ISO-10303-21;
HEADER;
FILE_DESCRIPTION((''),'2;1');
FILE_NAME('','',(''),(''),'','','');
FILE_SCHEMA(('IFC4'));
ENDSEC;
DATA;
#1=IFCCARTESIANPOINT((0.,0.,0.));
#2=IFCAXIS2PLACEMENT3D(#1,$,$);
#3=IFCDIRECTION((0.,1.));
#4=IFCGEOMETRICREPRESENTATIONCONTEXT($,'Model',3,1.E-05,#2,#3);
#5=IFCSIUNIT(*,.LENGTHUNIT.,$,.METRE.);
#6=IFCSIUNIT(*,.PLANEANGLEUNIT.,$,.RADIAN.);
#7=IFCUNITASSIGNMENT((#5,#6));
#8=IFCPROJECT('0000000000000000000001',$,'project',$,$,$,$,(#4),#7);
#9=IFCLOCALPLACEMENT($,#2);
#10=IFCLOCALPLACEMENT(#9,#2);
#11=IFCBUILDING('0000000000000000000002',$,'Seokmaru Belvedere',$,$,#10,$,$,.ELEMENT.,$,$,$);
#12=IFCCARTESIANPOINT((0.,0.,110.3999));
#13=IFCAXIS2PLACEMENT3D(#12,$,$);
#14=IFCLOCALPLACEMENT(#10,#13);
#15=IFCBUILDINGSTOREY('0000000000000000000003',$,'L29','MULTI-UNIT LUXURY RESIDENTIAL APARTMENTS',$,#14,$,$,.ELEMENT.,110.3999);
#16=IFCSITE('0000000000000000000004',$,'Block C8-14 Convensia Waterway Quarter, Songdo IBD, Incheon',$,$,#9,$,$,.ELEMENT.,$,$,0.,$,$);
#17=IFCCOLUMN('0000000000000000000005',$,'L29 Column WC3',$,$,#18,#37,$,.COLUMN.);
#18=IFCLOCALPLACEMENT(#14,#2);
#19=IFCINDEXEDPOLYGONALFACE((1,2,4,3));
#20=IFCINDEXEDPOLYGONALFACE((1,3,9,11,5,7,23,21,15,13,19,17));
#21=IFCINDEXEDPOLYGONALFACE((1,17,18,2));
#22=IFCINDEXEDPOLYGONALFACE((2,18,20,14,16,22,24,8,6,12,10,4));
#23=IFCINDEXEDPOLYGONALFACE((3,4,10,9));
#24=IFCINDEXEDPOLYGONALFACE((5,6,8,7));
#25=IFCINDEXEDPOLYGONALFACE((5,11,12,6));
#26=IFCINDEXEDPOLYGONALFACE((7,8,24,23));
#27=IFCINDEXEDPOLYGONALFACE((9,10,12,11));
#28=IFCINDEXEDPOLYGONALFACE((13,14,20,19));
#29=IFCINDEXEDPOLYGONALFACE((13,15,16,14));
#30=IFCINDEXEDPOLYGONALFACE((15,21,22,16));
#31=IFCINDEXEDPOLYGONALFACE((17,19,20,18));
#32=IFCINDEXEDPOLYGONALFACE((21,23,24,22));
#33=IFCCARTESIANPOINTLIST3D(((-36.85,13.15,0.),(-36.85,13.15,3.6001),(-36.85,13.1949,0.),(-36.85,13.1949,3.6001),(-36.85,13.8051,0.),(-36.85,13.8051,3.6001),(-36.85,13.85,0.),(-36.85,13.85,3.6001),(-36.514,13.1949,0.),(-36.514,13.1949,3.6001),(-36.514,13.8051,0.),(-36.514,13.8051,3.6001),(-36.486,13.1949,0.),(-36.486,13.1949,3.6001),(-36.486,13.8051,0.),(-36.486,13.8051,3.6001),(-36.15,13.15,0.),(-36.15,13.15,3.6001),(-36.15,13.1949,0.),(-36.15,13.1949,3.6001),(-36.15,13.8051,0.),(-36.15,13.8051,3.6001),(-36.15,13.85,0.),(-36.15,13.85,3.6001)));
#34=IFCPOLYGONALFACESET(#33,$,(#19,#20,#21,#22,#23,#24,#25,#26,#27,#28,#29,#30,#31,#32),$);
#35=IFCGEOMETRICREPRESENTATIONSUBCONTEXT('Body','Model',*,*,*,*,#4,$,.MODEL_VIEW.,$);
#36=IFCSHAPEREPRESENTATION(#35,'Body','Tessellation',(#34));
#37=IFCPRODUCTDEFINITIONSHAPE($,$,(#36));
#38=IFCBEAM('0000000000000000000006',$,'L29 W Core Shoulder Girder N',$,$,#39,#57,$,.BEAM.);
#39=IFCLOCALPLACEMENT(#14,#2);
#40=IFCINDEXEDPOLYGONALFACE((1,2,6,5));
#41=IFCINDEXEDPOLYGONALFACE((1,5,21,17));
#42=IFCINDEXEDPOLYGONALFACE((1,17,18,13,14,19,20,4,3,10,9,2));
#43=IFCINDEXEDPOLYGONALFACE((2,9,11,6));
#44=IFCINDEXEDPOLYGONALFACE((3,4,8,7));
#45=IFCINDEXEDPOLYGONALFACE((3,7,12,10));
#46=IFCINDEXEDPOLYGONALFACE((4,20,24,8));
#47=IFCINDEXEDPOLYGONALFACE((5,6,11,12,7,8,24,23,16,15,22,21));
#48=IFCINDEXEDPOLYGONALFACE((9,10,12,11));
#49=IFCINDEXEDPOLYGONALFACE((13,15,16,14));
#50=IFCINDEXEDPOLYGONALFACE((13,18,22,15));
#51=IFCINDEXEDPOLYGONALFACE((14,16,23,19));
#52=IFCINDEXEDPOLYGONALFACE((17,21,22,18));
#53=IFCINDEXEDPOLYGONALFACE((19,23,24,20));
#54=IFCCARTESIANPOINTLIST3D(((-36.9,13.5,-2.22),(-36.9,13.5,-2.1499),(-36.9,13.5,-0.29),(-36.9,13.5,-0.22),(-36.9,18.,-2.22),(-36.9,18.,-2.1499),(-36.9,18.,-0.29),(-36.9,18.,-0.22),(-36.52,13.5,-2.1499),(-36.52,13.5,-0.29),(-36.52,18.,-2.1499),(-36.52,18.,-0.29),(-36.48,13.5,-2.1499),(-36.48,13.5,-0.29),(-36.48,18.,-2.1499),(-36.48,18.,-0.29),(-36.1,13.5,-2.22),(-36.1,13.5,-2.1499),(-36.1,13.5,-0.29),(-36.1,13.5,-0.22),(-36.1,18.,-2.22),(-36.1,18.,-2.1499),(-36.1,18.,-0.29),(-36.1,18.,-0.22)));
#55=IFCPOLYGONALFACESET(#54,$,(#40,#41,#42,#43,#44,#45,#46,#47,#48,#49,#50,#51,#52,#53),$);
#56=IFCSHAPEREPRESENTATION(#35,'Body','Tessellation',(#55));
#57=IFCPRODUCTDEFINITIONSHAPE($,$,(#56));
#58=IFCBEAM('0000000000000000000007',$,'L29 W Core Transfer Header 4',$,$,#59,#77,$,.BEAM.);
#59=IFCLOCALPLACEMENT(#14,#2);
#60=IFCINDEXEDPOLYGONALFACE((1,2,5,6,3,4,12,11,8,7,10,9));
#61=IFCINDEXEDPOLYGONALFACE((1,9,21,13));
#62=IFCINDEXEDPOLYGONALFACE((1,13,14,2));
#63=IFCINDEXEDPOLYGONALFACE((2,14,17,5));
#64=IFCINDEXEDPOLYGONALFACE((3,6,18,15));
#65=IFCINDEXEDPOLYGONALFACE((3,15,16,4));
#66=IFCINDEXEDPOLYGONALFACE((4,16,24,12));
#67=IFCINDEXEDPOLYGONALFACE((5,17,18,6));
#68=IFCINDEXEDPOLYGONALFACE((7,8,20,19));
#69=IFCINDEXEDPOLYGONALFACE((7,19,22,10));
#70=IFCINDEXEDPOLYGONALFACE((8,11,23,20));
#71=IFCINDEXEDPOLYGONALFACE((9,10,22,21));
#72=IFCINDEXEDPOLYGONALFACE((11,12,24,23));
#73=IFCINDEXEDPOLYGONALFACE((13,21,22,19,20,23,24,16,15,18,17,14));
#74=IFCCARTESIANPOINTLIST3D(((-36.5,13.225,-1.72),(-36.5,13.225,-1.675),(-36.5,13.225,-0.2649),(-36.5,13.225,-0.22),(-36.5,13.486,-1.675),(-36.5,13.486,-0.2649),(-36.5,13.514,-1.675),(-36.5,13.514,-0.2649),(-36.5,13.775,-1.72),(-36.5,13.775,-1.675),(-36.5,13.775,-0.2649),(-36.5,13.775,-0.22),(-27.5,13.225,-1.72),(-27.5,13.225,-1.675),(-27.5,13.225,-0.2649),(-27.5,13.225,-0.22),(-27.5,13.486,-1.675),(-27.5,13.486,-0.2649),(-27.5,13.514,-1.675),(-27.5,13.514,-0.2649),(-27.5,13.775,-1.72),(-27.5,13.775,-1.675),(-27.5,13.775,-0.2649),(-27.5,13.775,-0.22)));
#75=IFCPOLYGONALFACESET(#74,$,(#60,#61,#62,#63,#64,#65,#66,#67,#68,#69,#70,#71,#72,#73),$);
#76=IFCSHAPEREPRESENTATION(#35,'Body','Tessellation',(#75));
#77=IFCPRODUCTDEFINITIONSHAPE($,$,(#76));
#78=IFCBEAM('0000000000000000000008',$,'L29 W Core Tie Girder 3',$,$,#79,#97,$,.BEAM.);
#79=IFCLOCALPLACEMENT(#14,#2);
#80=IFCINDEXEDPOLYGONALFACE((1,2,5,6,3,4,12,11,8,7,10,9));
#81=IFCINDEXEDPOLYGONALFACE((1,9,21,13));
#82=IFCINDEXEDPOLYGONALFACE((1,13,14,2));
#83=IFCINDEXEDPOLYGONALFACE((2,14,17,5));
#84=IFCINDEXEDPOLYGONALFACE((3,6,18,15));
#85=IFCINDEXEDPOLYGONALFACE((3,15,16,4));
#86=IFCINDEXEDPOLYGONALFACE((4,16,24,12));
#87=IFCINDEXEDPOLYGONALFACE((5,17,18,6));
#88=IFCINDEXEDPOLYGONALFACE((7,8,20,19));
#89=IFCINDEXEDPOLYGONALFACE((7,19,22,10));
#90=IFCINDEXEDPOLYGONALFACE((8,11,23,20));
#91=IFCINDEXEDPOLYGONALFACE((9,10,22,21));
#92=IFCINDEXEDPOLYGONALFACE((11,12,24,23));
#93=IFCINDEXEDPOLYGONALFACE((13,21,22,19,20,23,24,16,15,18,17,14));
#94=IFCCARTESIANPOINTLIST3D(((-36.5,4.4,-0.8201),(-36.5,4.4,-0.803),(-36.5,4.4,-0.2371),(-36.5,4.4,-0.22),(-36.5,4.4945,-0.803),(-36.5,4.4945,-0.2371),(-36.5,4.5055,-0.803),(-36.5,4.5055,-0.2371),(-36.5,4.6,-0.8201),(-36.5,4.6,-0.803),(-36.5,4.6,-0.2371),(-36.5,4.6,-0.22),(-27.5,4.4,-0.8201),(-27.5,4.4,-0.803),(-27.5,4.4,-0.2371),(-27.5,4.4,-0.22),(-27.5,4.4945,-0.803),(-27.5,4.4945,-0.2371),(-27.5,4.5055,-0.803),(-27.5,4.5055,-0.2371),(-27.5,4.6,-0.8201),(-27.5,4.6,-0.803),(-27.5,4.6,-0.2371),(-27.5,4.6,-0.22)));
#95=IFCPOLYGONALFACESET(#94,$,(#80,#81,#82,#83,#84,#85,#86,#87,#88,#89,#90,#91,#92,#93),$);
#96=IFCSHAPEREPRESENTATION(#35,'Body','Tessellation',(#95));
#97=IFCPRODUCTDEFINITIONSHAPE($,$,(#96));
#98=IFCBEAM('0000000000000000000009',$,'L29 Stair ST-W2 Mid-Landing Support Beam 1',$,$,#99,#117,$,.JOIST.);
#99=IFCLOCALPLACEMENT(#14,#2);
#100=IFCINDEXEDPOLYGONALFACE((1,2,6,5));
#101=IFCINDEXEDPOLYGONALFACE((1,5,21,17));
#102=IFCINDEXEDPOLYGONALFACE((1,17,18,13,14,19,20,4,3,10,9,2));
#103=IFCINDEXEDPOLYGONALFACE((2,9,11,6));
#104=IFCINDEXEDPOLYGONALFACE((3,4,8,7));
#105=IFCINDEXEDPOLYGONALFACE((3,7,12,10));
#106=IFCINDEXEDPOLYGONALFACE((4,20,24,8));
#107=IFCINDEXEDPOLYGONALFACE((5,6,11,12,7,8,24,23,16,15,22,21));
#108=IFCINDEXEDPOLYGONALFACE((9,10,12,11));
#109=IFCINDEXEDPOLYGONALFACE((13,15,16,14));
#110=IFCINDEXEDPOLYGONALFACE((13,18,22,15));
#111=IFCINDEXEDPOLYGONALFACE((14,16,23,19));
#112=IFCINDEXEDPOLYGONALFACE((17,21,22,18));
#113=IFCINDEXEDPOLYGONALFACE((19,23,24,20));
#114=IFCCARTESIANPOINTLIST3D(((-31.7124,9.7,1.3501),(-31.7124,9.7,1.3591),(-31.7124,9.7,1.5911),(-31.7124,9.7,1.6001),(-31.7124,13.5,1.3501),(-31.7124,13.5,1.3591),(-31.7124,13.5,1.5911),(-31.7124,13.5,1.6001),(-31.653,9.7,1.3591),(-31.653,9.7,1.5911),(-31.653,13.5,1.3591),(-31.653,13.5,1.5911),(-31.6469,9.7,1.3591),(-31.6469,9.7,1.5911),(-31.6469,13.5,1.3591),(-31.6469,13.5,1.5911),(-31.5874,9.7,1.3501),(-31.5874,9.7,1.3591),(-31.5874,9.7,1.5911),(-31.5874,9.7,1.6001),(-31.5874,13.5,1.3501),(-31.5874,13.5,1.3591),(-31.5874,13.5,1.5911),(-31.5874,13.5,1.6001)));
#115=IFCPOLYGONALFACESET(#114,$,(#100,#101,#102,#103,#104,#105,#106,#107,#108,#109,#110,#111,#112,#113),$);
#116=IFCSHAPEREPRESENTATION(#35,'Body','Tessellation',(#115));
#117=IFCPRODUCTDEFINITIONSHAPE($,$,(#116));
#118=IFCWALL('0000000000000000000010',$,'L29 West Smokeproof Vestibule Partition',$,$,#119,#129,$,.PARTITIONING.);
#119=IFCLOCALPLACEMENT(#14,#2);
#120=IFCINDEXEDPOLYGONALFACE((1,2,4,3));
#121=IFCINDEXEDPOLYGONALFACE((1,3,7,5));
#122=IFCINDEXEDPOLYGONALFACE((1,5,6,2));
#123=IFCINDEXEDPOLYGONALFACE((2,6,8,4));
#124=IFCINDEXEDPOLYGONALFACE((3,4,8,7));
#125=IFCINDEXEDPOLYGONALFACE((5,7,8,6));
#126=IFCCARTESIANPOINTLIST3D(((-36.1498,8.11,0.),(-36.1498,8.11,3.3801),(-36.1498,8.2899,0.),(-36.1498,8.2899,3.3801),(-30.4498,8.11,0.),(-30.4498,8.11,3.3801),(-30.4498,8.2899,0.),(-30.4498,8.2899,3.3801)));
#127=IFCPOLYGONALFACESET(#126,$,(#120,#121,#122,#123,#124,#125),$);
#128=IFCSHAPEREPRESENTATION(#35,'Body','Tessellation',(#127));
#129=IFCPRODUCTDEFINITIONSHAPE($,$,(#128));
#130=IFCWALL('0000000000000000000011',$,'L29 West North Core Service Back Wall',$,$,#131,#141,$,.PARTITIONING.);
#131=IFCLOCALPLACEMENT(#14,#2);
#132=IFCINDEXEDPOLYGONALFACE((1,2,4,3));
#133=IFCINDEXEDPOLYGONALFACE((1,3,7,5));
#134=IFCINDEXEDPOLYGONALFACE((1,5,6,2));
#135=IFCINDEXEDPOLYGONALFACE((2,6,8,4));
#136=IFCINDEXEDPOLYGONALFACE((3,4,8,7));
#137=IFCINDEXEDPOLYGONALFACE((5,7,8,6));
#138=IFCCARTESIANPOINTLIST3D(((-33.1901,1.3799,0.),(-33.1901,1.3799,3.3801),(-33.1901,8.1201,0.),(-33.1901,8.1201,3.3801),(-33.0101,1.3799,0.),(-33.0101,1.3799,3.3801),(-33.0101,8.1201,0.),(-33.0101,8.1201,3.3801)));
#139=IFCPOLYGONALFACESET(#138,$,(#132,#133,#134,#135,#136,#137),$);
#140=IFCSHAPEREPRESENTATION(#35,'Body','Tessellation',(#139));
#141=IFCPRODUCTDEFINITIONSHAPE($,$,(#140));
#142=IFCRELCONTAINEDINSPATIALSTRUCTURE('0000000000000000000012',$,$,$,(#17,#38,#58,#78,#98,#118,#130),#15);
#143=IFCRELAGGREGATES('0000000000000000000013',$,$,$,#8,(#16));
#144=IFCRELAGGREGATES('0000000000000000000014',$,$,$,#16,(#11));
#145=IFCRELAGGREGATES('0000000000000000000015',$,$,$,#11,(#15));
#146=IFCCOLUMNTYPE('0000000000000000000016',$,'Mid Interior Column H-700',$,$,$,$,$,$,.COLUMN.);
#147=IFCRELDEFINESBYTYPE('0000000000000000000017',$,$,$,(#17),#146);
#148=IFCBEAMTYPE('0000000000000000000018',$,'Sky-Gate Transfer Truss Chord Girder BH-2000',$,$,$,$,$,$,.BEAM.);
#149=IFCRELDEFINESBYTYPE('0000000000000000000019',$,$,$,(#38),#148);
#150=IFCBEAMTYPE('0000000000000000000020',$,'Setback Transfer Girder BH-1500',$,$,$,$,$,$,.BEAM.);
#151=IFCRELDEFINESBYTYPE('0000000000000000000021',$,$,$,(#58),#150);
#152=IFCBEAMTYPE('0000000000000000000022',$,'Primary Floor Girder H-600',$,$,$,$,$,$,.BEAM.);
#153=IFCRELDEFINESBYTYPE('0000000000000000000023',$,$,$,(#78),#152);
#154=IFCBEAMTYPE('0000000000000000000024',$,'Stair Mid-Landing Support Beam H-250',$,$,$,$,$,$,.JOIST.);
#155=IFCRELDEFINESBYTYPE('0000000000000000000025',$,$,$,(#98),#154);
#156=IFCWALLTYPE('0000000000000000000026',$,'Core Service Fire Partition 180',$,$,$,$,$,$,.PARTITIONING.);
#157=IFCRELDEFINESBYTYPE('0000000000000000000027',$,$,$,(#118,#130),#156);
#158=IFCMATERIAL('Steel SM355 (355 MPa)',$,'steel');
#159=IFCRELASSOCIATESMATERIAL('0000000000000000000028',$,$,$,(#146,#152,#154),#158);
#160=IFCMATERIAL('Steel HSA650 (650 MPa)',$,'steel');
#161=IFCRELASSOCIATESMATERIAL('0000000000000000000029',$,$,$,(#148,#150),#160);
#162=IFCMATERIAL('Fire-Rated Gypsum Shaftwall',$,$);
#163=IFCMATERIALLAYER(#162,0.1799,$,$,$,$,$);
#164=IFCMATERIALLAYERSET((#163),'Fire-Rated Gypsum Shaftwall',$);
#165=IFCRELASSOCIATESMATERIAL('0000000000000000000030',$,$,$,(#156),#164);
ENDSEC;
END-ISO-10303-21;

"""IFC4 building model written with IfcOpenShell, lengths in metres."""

from ifc_helpers import new_model, si_unit, direction, frame, frame_2d, origin, origin_2d, place, context, subcontext, project, spatial, rectangle, i_section, extrude, source, transform, mapped, material, layer, layer_set, material_profile, profile_set, type_object, type_shapes, element, save


model = new_model("IFC4")

# Units and contexts
model_context = context("Model", 3, precision=1e-05, world=origin(), true_north=direction((0.0, 1.0)))
body_context = subcontext(model_context, "Body", "Model", "MODEL_VIEW")
ifc_project = project(units=[si_unit("LENGTHUNIT", "METRE"), si_unit("PLANEANGLEUNIT", "RADIAN")], contexts=[model_context])

# Site, building, storey
site_placement = place(None, origin())
site = spatial("IfcSite", under=ifc_project, at=site_placement, Name="Block C8-14 Convensia Waterway Quarter, Songdo IBD, Incheon", CompositionType="ELEMENT", RefElevation=0.0)
building_placement = place(site_placement, origin())
building = spatial("IfcBuilding", under=site, at=building_placement, Name="Seokmaru Belvedere", CompositionType="ELEMENT")
storey_placement = place(building_placement, frame((0.0, 0.0, 110.3999)))
storey = spatial("IfcBuildingStorey", under=building, at=storey_placement, Name="L29", Description="MULTI-UNIT LUXURY RESIDENTIAL APARTMENTS", CompositionType="ELEMENT", Elevation=110.3999)

# Column
ifc_material_1 = material(Name="Steel SM355 (355 MPa)", Category="steel")
ifc_material_profile_1 = material_profile(ifc_material_1, i_section(OverallWidth=0.7, OverallDepth=0.7, WebThickness=0.0281, FlangeThickness=0.0449, at=origin_2d()), Name="H-700x700x28x45")
ifc_profile_set_1 = profile_set([ifc_material_profile_1], Name="Steel SM355 (355 MPa)")
column_type = type_object("IfcColumnType", Name="Mid Interior Column H-700", PredefinedType="COLUMN", material=ifc_profile_set_1)
shared_shape_1 = source(origin(), body_context, "Body", "SweptSolid", [
    extrude(i_section(OverallWidth=0.7, OverallDepth=0.7, WebThickness=0.0281, FlangeThickness=0.0449, at=origin_2d()), origin(), (0.0, 0.0, 1.0), 3.6001),
])
type_shapes(column_type, [shared_shape_1])
column_placement = place(storey_placement, frame((-36.5, 13.5, 0.0), z_axis=(0.0, 0.0, 1.0), x_axis=(1.0, 0.0, 0.0)))
element("IfcColumn", 1, at=column_placement, inside=storey, type_object=column_type, Name="L29 Column WC3", PredefinedType="COLUMN", context=body_context, shape_type="MappedRepresentation", body=[
    mapped(shared_shape_1, transform((0.0, 0.0, 0.0), scale=1.0)),
])

# Beams
ifc_material_2 = material(Name="Steel HSA650 (650 MPa)", Category="steel")
ifc_material_profile_2 = material_profile(ifc_material_2, i_section(OverallWidth=0.8, OverallDepth=2.0, WebThickness=0.04, FlangeThickness=0.0701, at=origin_2d()), Name="BH-2000x800x40x70")
ifc_profile_set_2 = profile_set([ifc_material_profile_2], Name="Steel HSA650 (650 MPa)")
beam_type_1 = type_object("IfcBeamType", Name="Sky-Gate Transfer Truss Chord Girder BH-2000", PredefinedType="BEAM", material=ifc_profile_set_2)
shared_shape_2 = source(origin(), body_context, "Body", "SweptSolid", [
    extrude(i_section(OverallWidth=0.8, OverallDepth=2.0, WebThickness=0.04, FlangeThickness=0.0701, at=origin_2d()), origin(), (0.0, 0.0, 1.0), 4.5),
])
type_shapes(beam_type_1, [shared_shape_2])
beam_1_placement = place(storey_placement, frame((-36.5, 13.5, -1.22), z_axis=(0.0, 1.0, 0.0), x_axis=(-1.0, 0.0, 0.0)))
element("IfcBeam", 2, at=beam_1_placement, inside=storey, type_object=beam_type_1, Name="L29 W Core Shoulder Girder N", PredefinedType="BEAM", context=body_context, shape_type="MappedRepresentation", body=[
    mapped(shared_shape_2, transform((0.0, 0.0, 0.0), scale=1.0)),
])
ifc_material_profile_3 = material_profile(ifc_material_2, i_section(OverallWidth=0.55, OverallDepth=1.5, WebThickness=0.0281, FlangeThickness=0.0449, at=origin_2d()), Name="BH-1500x550x28x45")
ifc_profile_set_3 = profile_set([ifc_material_profile_3], Name="Steel HSA650 (650 MPa)")
beam_type_2 = type_object("IfcBeamType", Name="Setback Transfer Girder BH-1500", PredefinedType="BEAM", material=ifc_profile_set_3)
shared_shape_3 = source(origin(), body_context, "Body", "SweptSolid", [
    extrude(i_section(OverallWidth=0.55, OverallDepth=1.5, WebThickness=0.0281, FlangeThickness=0.0449, at=origin_2d()), origin(), (0.0, 0.0, 1.0), 9.0),
])
type_shapes(beam_type_2, [shared_shape_3])
beam_2_placement = place(storey_placement, frame((-36.5, 13.5, -0.97), z_axis=(1.0, 0.0, 0.0), x_axis=(0.0, 1.0, 0.0)))
element("IfcBeam", 3, at=beam_2_placement, inside=storey, type_object=beam_type_2, Name="L29 W Core Transfer Header 4", PredefinedType="BEAM", context=body_context, shape_type="MappedRepresentation", body=[
    mapped(shared_shape_3, transform((0.0, 0.0, 0.0), scale=1.0)),
])
ifc_material_profile_4 = material_profile(ifc_material_1, i_section(OverallWidth=0.2, OverallDepth=0.6001, WebThickness=0.011, FlangeThickness=0.0171, at=origin_2d()), Name="H-600x200x11x17")
ifc_profile_set_4 = profile_set([ifc_material_profile_4], Name="Steel SM355 (355 MPa)")
beam_type_3 = type_object("IfcBeamType", Name="Primary Floor Girder H-600", PredefinedType="BEAM", material=ifc_profile_set_4)
shared_shape_4 = source(origin(), body_context, "Body", "SweptSolid", [
    extrude(i_section(OverallWidth=0.2, OverallDepth=0.6001, WebThickness=0.011, FlangeThickness=0.0171, at=origin_2d()), origin(), (0.0, 0.0, 1.0), 9.0),
])
type_shapes(beam_type_3, [shared_shape_4])
beam_3_placement = place(storey_placement, frame((-36.5, 4.5, -0.52), z_axis=(1.0, 0.0, 0.0), x_axis=(0.0, 1.0, 0.0)))
element("IfcBeam", 4, at=beam_3_placement, inside=storey, type_object=beam_type_3, Name="L29 W Core Tie Girder 3", PredefinedType="BEAM", context=body_context, shape_type="MappedRepresentation", body=[
    mapped(shared_shape_4, transform((0.0, 0.0, 0.0), scale=1.0)),
])
ifc_material_profile_5 = material_profile(ifc_material_1, i_section(OverallWidth=0.125, OverallDepth=0.25, WebThickness=0.0061, FlangeThickness=0.009, at=origin_2d()), Name="H-250x125x6x9")
ifc_profile_set_5 = profile_set([ifc_material_profile_5], Name="Steel SM355 (355 MPa)")
beam_type_4 = type_object("IfcBeamType", Name="Stair Mid-Landing Support Beam H-250", PredefinedType="JOIST", material=ifc_profile_set_5)
shared_shape_5 = source(origin(), body_context, "Body", "SweptSolid", [
    extrude(i_section(OverallWidth=0.125, OverallDepth=0.25, WebThickness=0.0061, FlangeThickness=0.009, at=origin_2d()), origin(), (0.0, 0.0, 1.0), 3.8),
])
type_shapes(beam_type_4, [shared_shape_5])
beam_4_placement = place(storey_placement, frame((-31.6499, 9.7, 1.4751), z_axis=(0.0, 1.0, 0.0), x_axis=(-1.0, 0.0, 0.0)))
element("IfcBeam", 5, at=beam_4_placement, inside=storey, type_object=beam_type_4, Name="L29 Stair ST-W2 Mid-Landing Support Beam 1", PredefinedType="JOIST", context=body_context, shape_type="MappedRepresentation", body=[
    mapped(shared_shape_5, transform((0.0, 0.0, 0.0), scale=1.0)),
])

# Walls
ifc_material_3 = material(Name="Fire-Rated Gypsum Shaftwall")
ifc_layer_1 = layer(ifc_material_3, 0.1799)
ifc_layer_set_1 = layer_set([ifc_layer_1], Name="Fire-Rated Gypsum Shaftwall")
wall_type_1 = type_object("IfcWallType", Name="Core Service Fire Partition 180", PredefinedType="PARTITIONING", material=ifc_layer_set_1)
wall_1_placement = place(storey_placement, frame((-36.1499, 8.2, 0.0), z_axis=(0.0, 0.0, 1.0), x_axis=(1.0, 0.0, 0.0)))
element("IfcWall", 6, at=wall_1_placement, inside=storey, type_object=wall_type_1, Name="L29 West Smokeproof Vestibule Partition", PredefinedType="PARTITIONING", context=body_context, shape_type="SweptSolid", body=[
    extrude(rectangle(XDim=5.7, YDim=0.1799, at=frame_2d((2.8501, 0.0))), origin(), (0.0, 0.0, 1.0), 3.3801),
])
wall_2_placement = place(storey_placement, frame((-33.1001, 1.3799, 0.0), z_axis=(0.0, 0.0, 1.0), x_axis=(0.0, 1.0, 0.0)))
element("IfcWall", 7, at=wall_2_placement, inside=storey, type_object=wall_type_1, Name="L29 West North Core Service Back Wall", PredefinedType="PARTITIONING", context=body_context, shape_type="SweptSolid", body=[
    extrude(rectangle(XDim=6.7402, YDim=0.1799, at=frame_2d((3.3701, 0.0))), origin(), (0.0, 0.0, 1.0), 3.3801),
])

save(model, "model.ifc")
